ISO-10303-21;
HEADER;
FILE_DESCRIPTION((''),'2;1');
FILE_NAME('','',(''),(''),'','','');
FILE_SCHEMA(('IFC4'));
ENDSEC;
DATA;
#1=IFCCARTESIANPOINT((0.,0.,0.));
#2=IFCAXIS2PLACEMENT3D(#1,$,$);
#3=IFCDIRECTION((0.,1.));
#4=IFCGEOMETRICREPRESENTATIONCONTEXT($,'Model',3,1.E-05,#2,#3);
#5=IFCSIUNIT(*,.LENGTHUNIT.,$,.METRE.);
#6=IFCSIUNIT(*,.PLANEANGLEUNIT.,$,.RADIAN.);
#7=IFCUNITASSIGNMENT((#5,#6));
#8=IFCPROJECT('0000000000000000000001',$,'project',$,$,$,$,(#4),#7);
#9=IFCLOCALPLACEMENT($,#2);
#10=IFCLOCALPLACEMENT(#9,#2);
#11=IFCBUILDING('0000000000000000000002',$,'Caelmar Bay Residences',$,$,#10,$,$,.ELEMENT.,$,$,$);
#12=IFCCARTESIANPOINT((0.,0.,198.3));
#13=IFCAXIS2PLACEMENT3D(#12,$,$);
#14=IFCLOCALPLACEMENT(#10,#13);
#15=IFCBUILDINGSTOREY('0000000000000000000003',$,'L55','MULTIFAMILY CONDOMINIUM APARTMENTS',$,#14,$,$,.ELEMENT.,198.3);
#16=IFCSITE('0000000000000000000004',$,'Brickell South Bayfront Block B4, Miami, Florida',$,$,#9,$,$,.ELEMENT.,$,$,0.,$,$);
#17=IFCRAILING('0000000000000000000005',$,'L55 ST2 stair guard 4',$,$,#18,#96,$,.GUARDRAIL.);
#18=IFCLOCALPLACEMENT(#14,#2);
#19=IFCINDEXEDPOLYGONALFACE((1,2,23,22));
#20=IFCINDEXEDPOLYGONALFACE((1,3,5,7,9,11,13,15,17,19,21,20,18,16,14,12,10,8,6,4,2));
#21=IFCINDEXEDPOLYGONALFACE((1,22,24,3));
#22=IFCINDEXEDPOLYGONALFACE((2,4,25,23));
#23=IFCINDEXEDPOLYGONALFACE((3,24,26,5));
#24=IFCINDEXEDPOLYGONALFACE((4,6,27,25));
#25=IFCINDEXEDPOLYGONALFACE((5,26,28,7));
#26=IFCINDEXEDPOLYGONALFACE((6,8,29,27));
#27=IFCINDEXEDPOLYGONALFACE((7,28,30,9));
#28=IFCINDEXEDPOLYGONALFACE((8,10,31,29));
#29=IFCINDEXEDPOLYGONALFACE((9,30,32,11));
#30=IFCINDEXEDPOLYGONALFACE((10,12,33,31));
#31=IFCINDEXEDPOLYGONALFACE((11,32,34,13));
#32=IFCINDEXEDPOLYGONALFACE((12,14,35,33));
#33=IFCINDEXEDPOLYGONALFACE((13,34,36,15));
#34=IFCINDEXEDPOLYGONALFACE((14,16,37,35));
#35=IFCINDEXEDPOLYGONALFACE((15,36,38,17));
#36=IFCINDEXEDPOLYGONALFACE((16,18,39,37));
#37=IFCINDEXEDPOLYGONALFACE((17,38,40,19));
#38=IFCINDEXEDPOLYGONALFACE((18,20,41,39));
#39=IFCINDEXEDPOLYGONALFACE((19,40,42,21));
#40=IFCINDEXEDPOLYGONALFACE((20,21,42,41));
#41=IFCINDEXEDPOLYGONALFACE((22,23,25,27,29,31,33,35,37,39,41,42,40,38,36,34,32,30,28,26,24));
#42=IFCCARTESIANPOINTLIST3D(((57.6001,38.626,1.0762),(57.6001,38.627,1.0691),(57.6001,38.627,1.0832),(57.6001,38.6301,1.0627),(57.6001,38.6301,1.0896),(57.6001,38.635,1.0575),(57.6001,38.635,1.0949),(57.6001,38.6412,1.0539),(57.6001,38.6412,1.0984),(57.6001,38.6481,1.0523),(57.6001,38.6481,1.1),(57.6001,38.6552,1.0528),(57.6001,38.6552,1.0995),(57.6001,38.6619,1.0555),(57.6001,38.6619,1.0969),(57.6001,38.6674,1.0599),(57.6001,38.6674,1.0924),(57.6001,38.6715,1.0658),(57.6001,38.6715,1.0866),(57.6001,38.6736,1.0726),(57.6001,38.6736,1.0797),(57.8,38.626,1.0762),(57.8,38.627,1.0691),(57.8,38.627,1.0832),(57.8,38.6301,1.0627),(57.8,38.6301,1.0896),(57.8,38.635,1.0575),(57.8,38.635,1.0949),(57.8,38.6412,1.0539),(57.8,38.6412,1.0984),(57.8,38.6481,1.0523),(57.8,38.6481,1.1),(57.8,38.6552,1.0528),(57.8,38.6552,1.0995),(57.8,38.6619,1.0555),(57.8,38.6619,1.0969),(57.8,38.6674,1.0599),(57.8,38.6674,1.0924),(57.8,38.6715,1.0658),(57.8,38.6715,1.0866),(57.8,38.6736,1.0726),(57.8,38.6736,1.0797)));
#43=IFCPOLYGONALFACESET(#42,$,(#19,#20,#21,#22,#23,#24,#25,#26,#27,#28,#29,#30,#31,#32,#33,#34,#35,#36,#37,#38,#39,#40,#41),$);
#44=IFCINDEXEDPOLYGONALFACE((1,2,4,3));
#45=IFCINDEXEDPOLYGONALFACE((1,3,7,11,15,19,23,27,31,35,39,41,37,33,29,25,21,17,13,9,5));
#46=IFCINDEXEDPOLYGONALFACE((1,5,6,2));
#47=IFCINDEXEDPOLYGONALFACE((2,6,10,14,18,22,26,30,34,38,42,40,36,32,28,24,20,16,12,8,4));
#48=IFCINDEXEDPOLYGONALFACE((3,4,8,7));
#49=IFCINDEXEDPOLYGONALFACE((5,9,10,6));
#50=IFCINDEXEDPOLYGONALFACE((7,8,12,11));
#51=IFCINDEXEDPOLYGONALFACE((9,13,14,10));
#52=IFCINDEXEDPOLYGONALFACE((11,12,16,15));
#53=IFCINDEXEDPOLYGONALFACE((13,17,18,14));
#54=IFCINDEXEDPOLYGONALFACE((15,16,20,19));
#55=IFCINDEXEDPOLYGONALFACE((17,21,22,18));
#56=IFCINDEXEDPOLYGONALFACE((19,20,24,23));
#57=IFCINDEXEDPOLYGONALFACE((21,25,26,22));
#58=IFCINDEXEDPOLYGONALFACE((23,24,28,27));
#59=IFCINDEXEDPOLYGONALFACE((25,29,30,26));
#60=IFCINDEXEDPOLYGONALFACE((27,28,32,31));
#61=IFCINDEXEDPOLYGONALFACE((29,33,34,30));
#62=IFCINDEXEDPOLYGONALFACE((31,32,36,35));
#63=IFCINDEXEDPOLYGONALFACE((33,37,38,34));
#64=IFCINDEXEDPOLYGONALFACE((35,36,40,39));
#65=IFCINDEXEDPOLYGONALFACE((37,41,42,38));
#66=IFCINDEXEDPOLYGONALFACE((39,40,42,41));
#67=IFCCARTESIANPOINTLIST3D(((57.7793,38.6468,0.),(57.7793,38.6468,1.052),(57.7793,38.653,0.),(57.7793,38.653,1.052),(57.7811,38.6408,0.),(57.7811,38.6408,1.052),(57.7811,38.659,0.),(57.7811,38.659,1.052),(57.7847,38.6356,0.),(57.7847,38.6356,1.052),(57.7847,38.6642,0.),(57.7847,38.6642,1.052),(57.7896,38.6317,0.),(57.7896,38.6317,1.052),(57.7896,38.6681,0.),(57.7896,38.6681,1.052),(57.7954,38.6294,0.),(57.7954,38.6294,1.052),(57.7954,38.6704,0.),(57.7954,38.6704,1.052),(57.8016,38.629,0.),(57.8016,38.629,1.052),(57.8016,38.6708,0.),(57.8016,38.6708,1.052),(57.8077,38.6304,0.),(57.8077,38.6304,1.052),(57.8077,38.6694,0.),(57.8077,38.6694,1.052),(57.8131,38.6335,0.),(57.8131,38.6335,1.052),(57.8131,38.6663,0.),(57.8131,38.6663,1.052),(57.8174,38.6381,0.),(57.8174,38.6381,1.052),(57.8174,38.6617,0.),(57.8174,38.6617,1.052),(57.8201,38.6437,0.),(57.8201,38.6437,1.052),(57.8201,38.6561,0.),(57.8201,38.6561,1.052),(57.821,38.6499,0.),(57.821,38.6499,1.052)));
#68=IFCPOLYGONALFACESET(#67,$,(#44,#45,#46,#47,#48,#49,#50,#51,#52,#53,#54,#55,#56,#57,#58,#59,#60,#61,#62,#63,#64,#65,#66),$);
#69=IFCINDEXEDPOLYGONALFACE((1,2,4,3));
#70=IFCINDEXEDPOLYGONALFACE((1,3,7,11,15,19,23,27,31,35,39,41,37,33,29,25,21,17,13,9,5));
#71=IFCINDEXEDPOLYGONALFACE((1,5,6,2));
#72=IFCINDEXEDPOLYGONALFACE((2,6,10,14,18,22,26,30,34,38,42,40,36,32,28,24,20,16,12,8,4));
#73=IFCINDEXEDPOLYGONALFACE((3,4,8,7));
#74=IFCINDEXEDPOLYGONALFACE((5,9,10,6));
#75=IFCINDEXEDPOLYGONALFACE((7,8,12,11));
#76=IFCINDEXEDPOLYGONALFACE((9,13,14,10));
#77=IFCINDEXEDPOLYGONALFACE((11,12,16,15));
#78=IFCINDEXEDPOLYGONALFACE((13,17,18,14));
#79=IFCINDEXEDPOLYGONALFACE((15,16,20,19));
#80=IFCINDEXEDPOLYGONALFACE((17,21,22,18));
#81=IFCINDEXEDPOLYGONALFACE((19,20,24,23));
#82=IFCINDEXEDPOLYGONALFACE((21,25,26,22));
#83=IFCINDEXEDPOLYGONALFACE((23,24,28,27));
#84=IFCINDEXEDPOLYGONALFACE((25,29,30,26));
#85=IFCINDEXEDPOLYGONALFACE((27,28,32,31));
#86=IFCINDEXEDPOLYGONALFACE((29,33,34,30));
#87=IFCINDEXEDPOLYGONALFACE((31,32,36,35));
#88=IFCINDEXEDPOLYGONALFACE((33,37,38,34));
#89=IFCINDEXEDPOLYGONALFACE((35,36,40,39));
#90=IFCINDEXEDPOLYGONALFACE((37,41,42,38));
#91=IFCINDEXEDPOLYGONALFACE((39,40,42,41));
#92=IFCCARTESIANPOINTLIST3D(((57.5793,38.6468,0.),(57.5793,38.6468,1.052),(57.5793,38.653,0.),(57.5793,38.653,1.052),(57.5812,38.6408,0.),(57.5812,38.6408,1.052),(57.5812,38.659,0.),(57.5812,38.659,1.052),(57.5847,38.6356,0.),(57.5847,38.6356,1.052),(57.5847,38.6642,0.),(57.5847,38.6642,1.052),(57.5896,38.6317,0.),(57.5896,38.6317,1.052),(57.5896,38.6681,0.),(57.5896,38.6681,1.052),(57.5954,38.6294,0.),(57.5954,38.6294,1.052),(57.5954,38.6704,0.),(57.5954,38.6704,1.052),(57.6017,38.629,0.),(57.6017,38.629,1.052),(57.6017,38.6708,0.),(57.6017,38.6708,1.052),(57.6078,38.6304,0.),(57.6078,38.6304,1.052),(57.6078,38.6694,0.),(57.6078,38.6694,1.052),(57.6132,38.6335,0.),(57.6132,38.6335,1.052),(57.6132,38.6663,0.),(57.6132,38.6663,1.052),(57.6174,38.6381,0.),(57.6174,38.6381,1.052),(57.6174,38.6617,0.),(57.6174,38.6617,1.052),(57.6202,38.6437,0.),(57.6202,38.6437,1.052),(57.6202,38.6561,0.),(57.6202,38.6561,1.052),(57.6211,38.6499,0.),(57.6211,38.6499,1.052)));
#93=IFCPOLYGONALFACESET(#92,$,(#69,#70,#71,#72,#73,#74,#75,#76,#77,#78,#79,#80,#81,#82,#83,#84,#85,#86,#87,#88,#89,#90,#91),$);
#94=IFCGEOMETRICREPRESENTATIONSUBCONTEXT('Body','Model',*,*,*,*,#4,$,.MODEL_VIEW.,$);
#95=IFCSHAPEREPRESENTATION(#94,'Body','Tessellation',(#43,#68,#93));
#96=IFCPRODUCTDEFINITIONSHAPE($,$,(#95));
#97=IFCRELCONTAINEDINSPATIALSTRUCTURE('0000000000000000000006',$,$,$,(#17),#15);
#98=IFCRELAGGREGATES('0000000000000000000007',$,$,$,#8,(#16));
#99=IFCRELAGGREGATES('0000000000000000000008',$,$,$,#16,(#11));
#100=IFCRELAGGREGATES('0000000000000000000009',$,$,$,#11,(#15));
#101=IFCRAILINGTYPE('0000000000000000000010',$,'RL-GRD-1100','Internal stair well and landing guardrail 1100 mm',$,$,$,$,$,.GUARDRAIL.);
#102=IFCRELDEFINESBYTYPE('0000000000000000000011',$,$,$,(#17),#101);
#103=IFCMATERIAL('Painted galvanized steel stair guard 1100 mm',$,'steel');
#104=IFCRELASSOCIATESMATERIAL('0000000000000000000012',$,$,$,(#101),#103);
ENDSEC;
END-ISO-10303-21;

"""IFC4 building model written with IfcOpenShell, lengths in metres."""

from ifc_helpers import new_model, si_unit, direction, frame, origin, origin_2d, place, context, subcontext, project, spatial, circle, extrude, material, type_object, element, save


model = new_model("IFC4")

# Units and contexts
model_context = context("Model", 3, precision=1e-05, world=origin(), true_north=direction((0.0, 1.0)))
body_context = subcontext(model_context, "Body", "Model", "MODEL_VIEW")
ifc_project = project(units=[si_unit("LENGTHUNIT", "METRE"), si_unit("PLANEANGLEUNIT", "RADIAN")], contexts=[model_context])

# Site, building, storey
site_placement = place(None, origin())
site = spatial("IfcSite", under=ifc_project, at=site_placement, Name="Brickell South Bayfront Block B4, Miami, Florida", CompositionType="ELEMENT", RefElevation=0.0)
building_placement = place(site_placement, origin())
building = spatial("IfcBuilding", under=site, at=building_placement, Name="Caelmar Bay Residences", CompositionType="ELEMENT")
storey_placement = place(building_placement, frame((0.0, 0.0, 198.3)))
storey = spatial("IfcBuildingStorey", under=building, at=storey_placement, Name="L55", Description="MULTIFAMILY CONDOMINIUM APARTMENTS", CompositionType="ELEMENT", Elevation=198.3)

# Railing
ifc_material_1 = material(Name="Painted galvanized steel stair guard 1100 mm", Category="steel")
railing_type_1 = type_object("IfcRailingType", Name="RL-GRD-1100", Description="Internal stair well and landing guardrail 1100 mm", PredefinedType="GUARDRAIL", material=ifc_material_1)
railing_1_placement = place(storey_placement, frame((57.8, 38.6499, 0.0)))
element("IfcRailing", 1, at=railing_1_placement, inside=storey, type_object=railing_type_1, Name="L55 ST2 stair guard 4", PredefinedType="GUARDRAIL", context=body_context, shape_type="SweptSolid", body=[
    extrude(circle(Radius=0.0239, at=origin_2d()), frame((0.0, 0.0, 1.0762), z_axis=(-1.0, 0.0, 0.0), x_axis=(0.0, -1.0, 0.0)), (0.0, 0.0, 1.0), 0.2),
    extrude(circle(Radius=0.021, at=origin_2d()), origin(), (0.0, 0.0, 1.0), 1.052),
    extrude(circle(Radius=0.021, at=origin_2d()), frame((-0.2, 0.0, 0.0)), (0.0, 0.0, 1.0), 1.052),
])

save(model, "model.ifc")
